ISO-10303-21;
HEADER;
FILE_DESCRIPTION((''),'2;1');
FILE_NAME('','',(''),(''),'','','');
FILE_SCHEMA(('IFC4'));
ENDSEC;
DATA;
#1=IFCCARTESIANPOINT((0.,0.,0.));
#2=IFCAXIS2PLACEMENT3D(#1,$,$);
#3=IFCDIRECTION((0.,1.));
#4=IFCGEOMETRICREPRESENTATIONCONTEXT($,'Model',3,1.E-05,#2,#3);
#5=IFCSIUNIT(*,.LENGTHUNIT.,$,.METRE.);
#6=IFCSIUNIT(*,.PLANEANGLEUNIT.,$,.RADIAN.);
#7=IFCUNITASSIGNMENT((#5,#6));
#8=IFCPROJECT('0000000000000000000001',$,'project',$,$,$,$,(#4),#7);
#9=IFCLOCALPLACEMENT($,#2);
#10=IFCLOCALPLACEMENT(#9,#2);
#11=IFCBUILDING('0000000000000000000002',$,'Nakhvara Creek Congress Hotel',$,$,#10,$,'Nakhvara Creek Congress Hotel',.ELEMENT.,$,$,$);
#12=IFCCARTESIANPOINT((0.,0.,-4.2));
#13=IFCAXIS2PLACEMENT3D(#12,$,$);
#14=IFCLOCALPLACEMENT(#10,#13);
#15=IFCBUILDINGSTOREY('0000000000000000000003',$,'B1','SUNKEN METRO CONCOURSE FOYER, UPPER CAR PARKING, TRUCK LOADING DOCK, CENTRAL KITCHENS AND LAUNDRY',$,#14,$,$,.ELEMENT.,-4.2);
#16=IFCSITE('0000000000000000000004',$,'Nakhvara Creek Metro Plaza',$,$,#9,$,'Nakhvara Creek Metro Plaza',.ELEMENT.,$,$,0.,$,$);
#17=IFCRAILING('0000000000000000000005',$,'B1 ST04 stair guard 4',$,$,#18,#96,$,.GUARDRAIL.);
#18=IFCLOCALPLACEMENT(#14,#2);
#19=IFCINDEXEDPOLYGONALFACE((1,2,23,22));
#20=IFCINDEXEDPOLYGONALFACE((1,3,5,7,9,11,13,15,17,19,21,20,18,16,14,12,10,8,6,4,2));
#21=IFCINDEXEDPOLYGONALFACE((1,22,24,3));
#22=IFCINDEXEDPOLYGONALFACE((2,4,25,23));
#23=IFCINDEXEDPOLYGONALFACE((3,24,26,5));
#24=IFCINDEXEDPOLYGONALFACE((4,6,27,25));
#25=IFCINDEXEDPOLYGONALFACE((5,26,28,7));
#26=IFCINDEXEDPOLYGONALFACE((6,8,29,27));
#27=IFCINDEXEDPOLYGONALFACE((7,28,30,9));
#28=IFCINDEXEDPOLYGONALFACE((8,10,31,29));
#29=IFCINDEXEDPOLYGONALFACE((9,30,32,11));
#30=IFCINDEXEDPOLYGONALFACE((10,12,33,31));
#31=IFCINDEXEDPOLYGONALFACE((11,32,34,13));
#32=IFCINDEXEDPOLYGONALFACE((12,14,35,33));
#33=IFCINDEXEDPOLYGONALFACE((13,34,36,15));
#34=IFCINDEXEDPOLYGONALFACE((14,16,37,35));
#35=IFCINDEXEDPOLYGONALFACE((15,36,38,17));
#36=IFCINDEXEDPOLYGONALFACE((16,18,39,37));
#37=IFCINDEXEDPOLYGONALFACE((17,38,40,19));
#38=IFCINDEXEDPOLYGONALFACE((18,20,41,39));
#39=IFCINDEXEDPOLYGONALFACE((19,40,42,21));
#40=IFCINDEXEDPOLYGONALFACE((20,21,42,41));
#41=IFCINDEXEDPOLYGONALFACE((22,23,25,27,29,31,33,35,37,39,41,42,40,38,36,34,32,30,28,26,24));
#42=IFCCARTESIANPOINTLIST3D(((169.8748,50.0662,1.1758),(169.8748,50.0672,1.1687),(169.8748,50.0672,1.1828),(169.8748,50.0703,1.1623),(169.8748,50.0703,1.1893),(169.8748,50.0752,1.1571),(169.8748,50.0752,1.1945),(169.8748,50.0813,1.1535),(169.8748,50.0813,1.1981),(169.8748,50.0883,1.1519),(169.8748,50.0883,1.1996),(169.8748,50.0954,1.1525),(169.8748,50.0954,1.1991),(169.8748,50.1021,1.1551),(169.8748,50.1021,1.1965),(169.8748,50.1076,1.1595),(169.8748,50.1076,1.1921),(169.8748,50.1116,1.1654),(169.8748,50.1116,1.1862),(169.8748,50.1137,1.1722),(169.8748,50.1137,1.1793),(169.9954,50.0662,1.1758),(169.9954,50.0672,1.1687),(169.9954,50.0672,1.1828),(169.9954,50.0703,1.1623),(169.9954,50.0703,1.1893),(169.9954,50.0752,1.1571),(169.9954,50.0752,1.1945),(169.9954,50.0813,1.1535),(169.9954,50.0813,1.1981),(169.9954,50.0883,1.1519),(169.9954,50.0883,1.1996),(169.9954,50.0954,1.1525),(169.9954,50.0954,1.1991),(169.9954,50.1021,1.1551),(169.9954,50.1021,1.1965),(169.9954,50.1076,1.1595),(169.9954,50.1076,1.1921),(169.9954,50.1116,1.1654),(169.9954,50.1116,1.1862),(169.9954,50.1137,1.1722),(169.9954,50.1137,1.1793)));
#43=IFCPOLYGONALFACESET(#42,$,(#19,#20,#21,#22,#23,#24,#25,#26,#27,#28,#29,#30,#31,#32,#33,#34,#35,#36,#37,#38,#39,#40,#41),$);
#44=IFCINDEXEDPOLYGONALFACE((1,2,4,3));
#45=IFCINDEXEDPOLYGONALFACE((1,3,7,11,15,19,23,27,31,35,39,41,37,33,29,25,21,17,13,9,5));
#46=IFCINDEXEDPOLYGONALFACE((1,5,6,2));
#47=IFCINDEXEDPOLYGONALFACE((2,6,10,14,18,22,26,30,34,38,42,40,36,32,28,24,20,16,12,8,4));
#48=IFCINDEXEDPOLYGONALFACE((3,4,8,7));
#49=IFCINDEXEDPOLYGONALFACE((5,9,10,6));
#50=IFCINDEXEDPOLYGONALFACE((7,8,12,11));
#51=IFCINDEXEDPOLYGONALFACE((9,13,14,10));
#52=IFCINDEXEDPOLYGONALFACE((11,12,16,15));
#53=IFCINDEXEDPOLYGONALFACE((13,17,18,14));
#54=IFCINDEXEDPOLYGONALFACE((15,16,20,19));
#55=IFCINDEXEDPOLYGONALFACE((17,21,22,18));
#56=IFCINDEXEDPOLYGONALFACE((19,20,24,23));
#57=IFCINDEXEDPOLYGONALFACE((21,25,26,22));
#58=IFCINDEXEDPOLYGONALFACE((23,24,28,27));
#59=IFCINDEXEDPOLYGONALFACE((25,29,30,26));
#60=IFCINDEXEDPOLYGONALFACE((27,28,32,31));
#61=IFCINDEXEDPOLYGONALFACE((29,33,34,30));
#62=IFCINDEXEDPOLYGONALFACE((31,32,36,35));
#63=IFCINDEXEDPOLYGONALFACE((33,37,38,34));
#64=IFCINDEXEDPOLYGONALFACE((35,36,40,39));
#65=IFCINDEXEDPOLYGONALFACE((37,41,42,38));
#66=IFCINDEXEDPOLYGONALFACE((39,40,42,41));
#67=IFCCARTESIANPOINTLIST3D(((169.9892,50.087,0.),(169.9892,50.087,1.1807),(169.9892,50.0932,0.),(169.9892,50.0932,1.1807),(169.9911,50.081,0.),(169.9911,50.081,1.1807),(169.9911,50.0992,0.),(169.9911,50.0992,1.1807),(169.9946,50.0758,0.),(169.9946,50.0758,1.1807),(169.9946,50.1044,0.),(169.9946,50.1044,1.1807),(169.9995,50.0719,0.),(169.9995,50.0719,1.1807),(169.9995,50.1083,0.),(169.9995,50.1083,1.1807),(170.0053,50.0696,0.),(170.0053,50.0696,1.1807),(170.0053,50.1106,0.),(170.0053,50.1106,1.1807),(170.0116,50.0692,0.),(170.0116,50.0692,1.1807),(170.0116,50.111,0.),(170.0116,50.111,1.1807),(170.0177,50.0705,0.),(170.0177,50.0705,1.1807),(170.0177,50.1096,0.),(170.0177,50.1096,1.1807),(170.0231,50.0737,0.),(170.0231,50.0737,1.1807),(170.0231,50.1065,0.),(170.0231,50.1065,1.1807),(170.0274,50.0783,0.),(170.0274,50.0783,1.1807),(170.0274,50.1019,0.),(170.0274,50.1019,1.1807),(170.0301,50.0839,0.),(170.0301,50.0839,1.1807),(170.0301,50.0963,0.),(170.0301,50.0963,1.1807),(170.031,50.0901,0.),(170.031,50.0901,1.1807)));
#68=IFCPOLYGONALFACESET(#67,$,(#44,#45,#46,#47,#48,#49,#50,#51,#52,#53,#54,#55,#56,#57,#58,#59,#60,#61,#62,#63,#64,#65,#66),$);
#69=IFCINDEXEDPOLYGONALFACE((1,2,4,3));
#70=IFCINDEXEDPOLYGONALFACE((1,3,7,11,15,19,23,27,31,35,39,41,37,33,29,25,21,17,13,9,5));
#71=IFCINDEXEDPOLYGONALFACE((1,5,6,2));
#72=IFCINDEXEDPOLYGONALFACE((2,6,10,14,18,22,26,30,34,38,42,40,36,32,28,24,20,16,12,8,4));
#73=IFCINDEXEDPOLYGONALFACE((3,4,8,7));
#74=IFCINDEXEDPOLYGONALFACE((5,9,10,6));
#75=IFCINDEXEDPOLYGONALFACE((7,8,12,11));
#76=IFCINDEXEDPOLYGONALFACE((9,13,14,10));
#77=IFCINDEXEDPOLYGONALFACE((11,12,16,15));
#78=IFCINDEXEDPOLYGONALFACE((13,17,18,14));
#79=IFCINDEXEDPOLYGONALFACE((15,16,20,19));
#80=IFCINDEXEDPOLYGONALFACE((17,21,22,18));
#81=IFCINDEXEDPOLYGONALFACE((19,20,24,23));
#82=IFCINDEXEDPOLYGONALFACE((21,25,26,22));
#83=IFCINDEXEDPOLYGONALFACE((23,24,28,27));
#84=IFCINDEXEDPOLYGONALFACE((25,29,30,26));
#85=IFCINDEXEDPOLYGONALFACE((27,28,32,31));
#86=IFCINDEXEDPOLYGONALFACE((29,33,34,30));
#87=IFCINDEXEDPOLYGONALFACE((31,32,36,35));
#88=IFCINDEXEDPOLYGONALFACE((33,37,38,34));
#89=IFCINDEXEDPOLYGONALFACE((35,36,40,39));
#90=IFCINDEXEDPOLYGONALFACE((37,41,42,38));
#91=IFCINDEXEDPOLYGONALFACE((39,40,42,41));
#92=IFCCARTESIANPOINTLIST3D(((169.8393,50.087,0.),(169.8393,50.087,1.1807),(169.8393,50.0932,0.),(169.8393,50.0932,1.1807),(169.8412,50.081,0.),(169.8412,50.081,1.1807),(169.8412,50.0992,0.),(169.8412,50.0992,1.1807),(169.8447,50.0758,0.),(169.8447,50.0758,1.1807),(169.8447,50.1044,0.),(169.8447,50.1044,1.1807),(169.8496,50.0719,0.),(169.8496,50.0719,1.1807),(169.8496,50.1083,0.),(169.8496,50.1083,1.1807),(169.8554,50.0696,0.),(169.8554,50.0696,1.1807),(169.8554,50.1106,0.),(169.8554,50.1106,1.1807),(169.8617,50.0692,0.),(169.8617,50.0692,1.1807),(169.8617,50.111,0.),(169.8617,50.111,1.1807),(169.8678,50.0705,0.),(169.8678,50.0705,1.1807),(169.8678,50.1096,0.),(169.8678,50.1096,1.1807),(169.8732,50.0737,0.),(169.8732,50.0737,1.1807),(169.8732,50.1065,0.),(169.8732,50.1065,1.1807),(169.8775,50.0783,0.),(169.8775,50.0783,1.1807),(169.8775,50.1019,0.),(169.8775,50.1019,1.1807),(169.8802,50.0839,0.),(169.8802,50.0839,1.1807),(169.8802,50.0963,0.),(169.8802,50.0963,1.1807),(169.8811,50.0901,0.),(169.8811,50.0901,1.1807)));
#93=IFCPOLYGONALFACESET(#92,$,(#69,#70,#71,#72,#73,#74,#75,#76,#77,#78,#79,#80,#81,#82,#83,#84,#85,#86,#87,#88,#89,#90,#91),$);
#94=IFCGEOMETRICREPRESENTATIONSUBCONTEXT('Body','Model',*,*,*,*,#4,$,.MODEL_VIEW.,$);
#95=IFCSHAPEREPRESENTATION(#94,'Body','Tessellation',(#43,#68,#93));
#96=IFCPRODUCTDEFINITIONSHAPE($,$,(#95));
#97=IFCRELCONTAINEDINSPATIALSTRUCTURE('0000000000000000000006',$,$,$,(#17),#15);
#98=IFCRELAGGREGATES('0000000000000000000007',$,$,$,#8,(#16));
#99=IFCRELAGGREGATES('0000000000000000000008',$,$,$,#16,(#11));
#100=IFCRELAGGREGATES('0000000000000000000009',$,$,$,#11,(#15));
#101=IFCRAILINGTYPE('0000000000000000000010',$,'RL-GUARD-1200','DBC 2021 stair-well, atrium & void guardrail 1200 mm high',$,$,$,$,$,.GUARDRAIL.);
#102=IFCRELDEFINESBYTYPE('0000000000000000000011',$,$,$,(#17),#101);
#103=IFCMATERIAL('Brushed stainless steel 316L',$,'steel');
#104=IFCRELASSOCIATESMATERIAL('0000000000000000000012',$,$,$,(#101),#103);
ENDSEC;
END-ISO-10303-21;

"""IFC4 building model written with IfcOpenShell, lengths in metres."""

from ifc_helpers import new_model, si_unit, direction, frame, origin, origin_2d, place, context, subcontext, project, spatial, circle, extrude, material, type_object, element, save


model = new_model("IFC4")

# Units and contexts
model_context = context("Model", 3, precision=1e-05, world=origin(), true_north=direction((0.0, 1.0)))
body_context = subcontext(model_context, "Body", "Model", "MODEL_VIEW")
ifc_project = project(units=[si_unit("LENGTHUNIT", "METRE"), si_unit("PLANEANGLEUNIT", "RADIAN")], contexts=[model_context])

# Site, building, storey
site_placement = place(None, origin())
site = spatial("IfcSite", under=ifc_project, at=site_placement, Name="Nakhvara Creek Metro Plaza", LongName="Nakhvara Creek Metro Plaza", CompositionType="ELEMENT", RefElevation=0.0)
building_placement = place(site_placement, origin())
building = spatial("IfcBuilding", under=site, at=building_placement, Name="Nakhvara Creek Congress Hotel", LongName="Nakhvara Creek Congress Hotel", CompositionType="ELEMENT")
storey_placement = place(building_placement, frame((0.0, 0.0, -4.2)))
storey = spatial("IfcBuildingStorey", under=building, at=storey_placement, Name="B1", Description="SUNKEN METRO CONCOURSE FOYER, UPPER CAR PARKING, TRUCK LOADING DOCK, CENTRAL KITCHENS AND LAUNDRY", CompositionType="ELEMENT", Elevation=-4.2)

# Railing
ifc_material_1 = material(Name="Brushed stainless steel 316L", Category="steel")
railing_type_1 = type_object("IfcRailingType", Name="RL-GUARD-1200", Description="DBC 2021 stair-well, atrium & void guardrail 1200 mm high", PredefinedType="GUARDRAIL", material=ifc_material_1)
railing_1_placement = place(storey_placement, frame((170.01, 50.0901, 0.0)))
element("IfcRailing", 1, at=railing_1_placement, inside=storey, type_object=railing_type_1, Name="B1 ST04 stair guard 4", PredefinedType="GUARDRAIL", context=body_context, shape_type="SweptSolid", body=[
    extrude(circle(Radius=0.0239, at=origin_2d()), frame((-0.0146, 0.0, 1.1758), z_axis=(-1.0, 0.0, 0.0), x_axis=(0.0, -1.0, 0.0)), (0.0, 0.0, 1.0), 0.1206),
    extrude(circle(Radius=0.021, at=origin_2d()), origin(), (0.0, 0.0, 1.0), 1.1807),
    extrude(circle(Radius=0.021, at=origin_2d()), frame((-0.1499, 0.0, 0.0)), (0.0, 0.0, 1.0), 1.1807),
])

save(model, "model.ifc")
